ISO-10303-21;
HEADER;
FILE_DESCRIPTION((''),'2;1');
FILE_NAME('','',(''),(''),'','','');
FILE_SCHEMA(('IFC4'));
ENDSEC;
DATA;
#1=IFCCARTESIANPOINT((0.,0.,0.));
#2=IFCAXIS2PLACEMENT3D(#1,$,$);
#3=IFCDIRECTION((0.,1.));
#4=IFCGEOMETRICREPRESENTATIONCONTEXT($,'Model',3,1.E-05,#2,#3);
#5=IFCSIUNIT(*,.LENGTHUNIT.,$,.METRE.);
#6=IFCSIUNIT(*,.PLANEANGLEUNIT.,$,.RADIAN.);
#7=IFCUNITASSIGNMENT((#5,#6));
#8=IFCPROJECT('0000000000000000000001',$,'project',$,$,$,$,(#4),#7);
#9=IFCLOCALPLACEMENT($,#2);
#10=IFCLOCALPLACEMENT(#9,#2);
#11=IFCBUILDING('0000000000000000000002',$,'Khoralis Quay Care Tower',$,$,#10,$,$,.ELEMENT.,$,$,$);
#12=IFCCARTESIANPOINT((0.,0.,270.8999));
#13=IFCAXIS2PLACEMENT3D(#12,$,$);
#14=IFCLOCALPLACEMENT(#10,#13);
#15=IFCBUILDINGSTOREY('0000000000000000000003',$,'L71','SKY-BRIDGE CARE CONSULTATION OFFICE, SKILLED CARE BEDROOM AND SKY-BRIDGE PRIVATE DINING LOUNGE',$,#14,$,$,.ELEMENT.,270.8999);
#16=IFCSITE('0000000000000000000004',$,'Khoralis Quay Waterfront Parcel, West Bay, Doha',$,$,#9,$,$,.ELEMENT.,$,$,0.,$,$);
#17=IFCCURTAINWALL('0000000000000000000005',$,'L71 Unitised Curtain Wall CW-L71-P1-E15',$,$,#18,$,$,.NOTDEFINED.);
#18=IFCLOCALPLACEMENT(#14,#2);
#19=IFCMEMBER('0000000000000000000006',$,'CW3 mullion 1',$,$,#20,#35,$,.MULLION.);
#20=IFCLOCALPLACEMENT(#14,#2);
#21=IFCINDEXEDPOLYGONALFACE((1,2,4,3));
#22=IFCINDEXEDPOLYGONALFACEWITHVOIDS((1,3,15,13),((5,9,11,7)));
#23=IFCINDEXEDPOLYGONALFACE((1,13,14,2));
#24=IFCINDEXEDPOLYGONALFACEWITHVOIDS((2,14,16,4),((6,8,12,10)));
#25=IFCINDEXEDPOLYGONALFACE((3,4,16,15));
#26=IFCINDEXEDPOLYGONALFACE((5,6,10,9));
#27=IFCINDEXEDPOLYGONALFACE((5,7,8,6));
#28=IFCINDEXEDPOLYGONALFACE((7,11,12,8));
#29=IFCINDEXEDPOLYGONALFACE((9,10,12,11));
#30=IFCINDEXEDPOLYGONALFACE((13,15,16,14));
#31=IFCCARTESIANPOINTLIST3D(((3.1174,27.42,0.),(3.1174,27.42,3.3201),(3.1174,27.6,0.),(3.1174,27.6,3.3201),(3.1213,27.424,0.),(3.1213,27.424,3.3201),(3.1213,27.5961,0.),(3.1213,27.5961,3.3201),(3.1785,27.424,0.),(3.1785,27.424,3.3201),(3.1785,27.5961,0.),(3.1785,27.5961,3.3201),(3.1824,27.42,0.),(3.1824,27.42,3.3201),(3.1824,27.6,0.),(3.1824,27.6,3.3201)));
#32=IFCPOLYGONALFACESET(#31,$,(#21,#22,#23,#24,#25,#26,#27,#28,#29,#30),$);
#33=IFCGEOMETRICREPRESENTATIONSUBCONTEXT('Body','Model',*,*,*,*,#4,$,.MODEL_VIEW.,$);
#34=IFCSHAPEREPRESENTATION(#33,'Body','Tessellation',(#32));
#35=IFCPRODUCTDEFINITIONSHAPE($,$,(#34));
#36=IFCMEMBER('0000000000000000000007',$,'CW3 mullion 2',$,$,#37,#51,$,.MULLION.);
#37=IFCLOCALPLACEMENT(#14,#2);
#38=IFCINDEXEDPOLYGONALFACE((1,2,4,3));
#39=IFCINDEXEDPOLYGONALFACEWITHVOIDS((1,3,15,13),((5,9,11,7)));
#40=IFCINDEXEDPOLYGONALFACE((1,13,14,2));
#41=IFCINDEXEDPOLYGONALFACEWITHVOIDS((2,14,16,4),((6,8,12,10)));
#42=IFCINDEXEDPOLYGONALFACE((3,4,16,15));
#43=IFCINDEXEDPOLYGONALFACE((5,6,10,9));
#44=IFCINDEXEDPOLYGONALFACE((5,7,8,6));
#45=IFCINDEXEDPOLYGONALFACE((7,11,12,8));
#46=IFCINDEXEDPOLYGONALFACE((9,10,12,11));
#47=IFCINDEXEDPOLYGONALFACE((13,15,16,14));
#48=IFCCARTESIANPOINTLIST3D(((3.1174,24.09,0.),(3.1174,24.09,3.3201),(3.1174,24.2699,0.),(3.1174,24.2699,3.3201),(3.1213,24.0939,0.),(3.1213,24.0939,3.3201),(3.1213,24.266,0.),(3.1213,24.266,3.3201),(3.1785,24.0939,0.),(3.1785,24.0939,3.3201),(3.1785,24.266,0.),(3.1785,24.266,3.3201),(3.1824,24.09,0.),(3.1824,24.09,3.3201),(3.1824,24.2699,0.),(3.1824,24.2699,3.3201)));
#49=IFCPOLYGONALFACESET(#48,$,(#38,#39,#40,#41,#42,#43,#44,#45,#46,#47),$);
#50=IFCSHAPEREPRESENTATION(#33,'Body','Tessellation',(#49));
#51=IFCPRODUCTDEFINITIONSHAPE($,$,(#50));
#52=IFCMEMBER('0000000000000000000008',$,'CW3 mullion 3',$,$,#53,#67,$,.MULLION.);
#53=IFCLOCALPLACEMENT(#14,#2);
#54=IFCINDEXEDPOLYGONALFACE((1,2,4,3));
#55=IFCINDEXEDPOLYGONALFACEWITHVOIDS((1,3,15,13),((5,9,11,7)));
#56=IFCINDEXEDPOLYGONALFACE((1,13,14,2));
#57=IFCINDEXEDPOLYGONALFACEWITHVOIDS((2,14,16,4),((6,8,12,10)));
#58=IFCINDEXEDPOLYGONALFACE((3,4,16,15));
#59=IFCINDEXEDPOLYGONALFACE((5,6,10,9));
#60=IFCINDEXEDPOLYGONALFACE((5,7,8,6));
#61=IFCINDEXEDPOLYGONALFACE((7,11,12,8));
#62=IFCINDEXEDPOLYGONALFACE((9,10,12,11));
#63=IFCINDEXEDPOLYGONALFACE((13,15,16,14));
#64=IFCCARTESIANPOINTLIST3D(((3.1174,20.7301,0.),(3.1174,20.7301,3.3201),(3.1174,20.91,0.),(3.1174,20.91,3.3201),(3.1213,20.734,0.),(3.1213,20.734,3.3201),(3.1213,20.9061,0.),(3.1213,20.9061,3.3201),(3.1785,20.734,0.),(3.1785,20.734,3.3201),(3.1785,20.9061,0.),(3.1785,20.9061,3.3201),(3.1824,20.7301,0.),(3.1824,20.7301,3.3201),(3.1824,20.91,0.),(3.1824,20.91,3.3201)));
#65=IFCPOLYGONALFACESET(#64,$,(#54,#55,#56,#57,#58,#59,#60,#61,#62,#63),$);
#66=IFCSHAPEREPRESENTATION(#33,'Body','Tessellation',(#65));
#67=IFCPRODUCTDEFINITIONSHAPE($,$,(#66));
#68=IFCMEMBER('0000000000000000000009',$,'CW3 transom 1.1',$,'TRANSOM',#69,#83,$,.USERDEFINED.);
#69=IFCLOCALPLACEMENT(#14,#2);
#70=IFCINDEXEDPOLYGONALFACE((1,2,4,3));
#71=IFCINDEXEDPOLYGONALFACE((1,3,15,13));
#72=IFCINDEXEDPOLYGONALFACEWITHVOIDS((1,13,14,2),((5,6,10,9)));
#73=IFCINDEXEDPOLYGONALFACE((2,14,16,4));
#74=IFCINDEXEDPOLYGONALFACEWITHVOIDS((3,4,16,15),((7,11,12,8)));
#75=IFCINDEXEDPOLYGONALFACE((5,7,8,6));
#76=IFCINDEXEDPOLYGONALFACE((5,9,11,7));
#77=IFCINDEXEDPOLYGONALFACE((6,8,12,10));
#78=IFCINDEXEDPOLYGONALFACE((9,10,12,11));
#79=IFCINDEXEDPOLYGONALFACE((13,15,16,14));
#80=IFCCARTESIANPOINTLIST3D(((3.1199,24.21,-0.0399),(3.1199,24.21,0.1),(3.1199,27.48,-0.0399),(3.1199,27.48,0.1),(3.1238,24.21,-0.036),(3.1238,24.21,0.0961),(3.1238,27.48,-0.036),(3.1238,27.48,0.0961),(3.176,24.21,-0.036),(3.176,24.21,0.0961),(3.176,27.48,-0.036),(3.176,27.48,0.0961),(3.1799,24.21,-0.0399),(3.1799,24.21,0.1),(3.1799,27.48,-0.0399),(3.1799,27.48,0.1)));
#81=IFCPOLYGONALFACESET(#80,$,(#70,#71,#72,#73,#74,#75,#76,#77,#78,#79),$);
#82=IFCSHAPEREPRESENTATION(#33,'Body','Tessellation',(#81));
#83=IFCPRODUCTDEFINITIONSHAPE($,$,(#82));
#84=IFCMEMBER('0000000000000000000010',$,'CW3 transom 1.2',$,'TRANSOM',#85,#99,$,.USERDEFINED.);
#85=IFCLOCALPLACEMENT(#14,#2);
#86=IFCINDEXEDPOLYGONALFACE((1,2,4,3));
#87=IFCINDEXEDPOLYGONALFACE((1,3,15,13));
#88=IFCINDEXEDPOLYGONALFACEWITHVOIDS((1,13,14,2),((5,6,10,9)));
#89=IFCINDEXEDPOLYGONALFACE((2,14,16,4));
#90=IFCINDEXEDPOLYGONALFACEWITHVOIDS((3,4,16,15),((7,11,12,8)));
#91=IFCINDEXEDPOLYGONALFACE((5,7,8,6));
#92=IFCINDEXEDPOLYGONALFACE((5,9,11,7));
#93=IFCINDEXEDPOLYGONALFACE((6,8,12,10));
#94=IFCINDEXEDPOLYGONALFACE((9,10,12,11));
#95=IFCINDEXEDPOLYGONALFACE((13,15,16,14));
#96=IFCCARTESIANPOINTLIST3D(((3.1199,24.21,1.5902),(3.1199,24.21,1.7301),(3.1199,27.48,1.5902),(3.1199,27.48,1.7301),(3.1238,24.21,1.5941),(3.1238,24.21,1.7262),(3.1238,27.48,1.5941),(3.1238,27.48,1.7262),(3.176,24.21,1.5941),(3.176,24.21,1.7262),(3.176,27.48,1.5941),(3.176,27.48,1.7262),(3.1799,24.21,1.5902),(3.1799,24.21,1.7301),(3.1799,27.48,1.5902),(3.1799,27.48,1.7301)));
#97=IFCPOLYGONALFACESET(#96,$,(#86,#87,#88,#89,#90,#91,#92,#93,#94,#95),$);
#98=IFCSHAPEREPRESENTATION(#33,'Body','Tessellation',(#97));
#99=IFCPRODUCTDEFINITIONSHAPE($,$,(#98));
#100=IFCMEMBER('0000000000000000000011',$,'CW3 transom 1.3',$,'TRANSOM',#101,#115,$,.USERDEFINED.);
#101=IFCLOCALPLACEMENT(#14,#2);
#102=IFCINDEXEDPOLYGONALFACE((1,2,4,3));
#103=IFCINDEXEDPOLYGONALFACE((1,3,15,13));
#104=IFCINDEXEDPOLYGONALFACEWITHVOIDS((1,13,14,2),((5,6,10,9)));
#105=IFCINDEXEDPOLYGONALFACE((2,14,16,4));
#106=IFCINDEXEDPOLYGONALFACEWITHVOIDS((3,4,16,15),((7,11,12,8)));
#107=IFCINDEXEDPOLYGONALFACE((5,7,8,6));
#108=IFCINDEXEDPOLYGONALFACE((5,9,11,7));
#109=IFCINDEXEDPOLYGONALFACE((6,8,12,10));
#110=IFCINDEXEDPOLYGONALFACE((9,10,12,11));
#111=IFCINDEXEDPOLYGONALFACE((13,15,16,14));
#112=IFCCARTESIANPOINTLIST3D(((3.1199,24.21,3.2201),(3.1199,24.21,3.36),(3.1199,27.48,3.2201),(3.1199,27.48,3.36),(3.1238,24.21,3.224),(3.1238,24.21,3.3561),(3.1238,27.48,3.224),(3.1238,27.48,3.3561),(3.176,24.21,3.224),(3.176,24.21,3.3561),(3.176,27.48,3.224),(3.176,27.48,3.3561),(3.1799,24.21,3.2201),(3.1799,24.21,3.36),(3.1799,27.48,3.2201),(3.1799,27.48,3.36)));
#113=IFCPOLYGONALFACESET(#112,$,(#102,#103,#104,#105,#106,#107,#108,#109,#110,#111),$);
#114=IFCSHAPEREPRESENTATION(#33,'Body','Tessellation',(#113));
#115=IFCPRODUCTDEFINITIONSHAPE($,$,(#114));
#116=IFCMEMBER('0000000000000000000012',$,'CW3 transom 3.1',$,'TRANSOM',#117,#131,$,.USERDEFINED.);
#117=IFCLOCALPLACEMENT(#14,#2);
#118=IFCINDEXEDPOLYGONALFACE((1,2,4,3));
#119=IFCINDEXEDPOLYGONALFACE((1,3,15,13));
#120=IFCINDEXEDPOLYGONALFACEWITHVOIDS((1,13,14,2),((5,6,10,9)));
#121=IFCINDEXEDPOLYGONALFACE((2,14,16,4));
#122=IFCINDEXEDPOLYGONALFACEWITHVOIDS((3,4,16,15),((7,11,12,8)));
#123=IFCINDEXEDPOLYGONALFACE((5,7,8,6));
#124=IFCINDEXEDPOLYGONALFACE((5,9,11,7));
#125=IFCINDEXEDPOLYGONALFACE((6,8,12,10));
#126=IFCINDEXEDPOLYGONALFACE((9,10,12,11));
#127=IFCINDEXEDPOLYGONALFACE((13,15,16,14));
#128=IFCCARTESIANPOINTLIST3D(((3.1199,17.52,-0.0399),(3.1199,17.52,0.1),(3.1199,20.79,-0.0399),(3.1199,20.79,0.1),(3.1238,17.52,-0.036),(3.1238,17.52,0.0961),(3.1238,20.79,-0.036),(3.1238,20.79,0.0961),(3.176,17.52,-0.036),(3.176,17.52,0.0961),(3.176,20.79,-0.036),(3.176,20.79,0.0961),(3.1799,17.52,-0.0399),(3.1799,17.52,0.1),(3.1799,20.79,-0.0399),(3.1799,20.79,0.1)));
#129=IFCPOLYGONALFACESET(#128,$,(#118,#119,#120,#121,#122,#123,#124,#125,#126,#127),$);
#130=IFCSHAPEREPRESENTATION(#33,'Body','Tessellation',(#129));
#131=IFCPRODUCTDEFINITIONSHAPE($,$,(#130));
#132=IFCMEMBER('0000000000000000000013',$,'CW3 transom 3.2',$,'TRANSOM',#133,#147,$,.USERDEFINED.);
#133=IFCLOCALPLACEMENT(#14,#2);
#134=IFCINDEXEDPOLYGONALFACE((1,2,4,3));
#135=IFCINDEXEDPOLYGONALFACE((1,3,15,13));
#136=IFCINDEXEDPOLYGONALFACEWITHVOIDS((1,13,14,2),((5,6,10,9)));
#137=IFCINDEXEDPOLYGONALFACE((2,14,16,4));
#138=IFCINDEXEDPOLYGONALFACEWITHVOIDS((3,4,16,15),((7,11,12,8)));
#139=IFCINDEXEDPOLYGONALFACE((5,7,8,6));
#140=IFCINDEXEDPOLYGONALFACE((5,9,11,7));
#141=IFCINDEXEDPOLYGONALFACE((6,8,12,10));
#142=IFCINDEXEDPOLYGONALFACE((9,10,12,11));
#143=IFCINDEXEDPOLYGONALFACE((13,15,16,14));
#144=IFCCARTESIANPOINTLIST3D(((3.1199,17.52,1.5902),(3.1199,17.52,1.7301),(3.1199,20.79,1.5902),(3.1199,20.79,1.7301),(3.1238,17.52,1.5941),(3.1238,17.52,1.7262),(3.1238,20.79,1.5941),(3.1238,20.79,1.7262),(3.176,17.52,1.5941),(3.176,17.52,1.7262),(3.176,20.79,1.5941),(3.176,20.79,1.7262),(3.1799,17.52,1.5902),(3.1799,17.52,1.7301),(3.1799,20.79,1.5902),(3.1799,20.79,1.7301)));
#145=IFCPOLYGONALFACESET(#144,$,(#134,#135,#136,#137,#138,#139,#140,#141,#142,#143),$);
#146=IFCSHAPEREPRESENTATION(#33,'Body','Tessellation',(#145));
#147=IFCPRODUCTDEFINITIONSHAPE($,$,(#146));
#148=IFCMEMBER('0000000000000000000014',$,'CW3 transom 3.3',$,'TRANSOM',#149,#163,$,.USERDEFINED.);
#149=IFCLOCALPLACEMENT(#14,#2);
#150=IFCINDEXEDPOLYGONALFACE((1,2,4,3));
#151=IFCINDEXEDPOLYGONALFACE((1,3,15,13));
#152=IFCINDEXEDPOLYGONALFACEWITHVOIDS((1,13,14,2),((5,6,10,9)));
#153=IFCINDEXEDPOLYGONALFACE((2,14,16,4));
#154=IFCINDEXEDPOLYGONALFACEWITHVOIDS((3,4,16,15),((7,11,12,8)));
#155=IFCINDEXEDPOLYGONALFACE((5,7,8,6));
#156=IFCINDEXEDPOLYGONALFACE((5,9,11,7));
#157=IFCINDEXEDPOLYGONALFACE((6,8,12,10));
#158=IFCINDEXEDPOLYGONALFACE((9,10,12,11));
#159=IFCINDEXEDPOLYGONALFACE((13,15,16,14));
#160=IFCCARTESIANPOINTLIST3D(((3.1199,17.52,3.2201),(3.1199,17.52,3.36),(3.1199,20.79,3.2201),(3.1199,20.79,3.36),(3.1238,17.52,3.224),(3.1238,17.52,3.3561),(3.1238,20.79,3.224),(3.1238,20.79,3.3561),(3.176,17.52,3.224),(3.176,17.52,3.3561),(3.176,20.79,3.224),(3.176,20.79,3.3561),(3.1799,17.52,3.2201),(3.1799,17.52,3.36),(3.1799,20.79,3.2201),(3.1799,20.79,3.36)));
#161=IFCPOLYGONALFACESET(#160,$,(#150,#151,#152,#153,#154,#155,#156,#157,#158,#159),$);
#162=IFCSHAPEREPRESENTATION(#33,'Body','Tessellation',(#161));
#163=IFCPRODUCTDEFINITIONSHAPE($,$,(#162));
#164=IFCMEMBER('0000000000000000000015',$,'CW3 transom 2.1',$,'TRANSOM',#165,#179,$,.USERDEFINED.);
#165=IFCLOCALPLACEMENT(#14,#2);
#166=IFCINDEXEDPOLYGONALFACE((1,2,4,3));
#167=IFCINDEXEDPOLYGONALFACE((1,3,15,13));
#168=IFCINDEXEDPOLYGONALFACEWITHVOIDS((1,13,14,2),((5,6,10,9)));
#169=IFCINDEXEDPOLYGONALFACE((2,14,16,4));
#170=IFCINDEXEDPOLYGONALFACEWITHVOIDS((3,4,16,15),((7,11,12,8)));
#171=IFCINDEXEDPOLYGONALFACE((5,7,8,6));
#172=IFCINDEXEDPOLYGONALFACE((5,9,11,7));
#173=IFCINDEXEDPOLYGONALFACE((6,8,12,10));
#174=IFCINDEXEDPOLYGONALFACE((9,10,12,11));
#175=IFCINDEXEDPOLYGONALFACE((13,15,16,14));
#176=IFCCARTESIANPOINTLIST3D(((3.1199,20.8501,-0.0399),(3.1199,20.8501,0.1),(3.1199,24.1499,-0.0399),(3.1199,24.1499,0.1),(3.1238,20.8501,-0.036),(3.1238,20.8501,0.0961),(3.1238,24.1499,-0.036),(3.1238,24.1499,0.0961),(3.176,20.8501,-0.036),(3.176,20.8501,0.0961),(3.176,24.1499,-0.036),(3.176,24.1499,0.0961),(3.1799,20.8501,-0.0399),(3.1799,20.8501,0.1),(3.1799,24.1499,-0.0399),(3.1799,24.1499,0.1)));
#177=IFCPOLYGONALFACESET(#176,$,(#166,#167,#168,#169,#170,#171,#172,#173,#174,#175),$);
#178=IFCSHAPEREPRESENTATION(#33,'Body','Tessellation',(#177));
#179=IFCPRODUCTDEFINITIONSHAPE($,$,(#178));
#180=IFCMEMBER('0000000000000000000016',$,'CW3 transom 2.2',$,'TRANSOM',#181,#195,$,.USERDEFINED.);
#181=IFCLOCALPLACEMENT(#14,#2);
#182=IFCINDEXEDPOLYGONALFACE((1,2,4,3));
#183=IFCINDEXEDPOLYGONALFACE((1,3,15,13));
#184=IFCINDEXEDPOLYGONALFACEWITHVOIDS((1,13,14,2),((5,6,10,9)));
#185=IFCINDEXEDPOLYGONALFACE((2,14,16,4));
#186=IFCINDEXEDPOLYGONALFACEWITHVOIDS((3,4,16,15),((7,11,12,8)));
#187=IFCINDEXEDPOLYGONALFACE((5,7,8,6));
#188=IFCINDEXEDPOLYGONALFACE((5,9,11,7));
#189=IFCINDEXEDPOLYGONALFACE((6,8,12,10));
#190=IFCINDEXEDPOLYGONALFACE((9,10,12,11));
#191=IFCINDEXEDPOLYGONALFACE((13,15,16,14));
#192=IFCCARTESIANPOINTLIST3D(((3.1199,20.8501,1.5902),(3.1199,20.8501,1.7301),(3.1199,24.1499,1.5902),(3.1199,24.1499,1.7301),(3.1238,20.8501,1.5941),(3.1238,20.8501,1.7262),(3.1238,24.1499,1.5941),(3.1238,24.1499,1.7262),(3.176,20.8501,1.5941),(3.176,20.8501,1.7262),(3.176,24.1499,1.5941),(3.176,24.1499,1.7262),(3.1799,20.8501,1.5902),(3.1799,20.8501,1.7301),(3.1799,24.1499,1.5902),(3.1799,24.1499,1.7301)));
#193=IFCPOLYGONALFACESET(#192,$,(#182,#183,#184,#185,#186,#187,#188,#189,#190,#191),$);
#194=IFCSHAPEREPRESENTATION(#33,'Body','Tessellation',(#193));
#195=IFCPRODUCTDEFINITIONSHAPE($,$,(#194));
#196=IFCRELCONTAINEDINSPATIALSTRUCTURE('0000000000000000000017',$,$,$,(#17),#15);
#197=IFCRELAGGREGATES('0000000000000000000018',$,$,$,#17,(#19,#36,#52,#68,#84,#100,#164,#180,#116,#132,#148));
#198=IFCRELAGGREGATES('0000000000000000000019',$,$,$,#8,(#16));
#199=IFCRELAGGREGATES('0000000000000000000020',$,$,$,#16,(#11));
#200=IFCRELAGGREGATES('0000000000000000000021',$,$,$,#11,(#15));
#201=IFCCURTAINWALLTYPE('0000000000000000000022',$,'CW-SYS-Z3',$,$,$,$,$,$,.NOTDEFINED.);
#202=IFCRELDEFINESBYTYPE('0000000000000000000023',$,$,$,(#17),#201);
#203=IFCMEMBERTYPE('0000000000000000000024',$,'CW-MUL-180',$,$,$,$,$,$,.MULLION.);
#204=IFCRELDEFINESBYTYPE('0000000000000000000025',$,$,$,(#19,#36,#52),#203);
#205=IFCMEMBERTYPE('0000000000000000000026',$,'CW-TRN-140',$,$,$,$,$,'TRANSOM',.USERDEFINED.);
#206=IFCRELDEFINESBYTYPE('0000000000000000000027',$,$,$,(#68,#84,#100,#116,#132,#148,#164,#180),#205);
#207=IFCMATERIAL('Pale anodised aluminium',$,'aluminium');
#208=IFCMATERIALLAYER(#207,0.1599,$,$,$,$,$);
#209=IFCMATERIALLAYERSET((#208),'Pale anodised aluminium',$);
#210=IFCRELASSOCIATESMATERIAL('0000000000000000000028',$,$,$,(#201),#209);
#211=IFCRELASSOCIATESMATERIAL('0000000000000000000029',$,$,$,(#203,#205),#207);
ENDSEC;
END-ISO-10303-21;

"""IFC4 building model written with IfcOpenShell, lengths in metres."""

from ifc_helpers import new_model, si_unit, direction, frame, origin, origin_2d, place, context, subcontext, project, spatial, hollow_rectangle, extrude, source, transform, mapped, material, layer, layer_set, material_profile, profile_set, type_object, element, aggregate, save


model = new_model("IFC4")

# Units and contexts
model_context = context("Model", 3, precision=1e-05, world=origin(), true_north=direction((0.0, 1.0)))
body_context = subcontext(model_context, "Body", "Model", "MODEL_VIEW")
ifc_project = project(units=[si_unit("LENGTHUNIT", "METRE"), si_unit("PLANEANGLEUNIT", "RADIAN")], contexts=[model_context])

# Site, building, storey
site_placement = place(None, origin())
site = spatial("IfcSite", under=ifc_project, at=site_placement, Name="Khoralis Quay Waterfront Parcel, West Bay, Doha", CompositionType="ELEMENT", RefElevation=0.0)
building_placement = place(site_placement, origin())
building = spatial("IfcBuilding", under=site, at=building_placement, Name="Khoralis Quay Care Tower", CompositionType="ELEMENT")
storey_placement = place(building_placement, frame((0.0, 0.0, 270.8999)))
storey = spatial("IfcBuildingStorey", under=building, at=storey_placement, Name="L71", Description="SKY-BRIDGE CARE CONSULTATION OFFICE, SKILLED CARE BEDROOM AND SKY-BRIDGE PRIVATE DINING LOUNGE", CompositionType="ELEMENT", Elevation=270.8999)

# Curtain wall, members
ifc_material_1 = material(Name="Pale anodised aluminium", Category="aluminium")
ifc_layer_1 = layer(ifc_material_1, 0.1599)
ifc_layer_set_1 = layer_set([ifc_layer_1], Name="Pale anodised aluminium")
curtain_wall_type = type_object("IfcCurtainWallType", Name="CW-SYS-Z3", PredefinedType="NOTDEFINED", material=ifc_layer_set_1)
curtain_wall_placement = place(storey_placement, origin())
curtain_wall = element("IfcCurtainWall", 1, at=curtain_wall_placement, inside=storey, type_object=curtain_wall_type, Name="L71 Unitised Curtain Wall CW-L71-P1-E15", PredefinedType="NOTDEFINED")
ifc_material_profile_1 = material_profile(ifc_material_1, hollow_rectangle(XDim=0.0649, YDim=0.1799, WallThickness=0.0039, at=origin_2d()), Name="Pale anodised aluminium")
ifc_profile_set_1 = profile_set([ifc_material_profile_1], Name="Pale anodised aluminium")
member_type_1 = type_object("IfcMemberType", Name="CW-MUL-180", PredefinedType="MULLION", material=ifc_profile_set_1)
shared_shape_1 = source(origin(), body_context, "Body", "SweptSolid", [
    extrude(hollow_rectangle(XDim=0.0649, YDim=0.1799, WallThickness=0.0039, at=origin_2d()), origin(), (0.0, 0.0, 1.0), 3.3201),
])
member_1_placement = place(storey_placement, frame((3.1499, 27.51, 0.0), z_axis=(0.0, 0.0, 1.0), x_axis=(1.0, 0.0, 0.0)))
member_1 = element("IfcMember", 2, at=member_1_placement, type_object=member_type_1, Name="CW3 mullion 1", PredefinedType="MULLION", context=body_context, shape_type="MappedRepresentation", body=[
    mapped(shared_shape_1, transform((0.0, 0.0, 0.0), scale=1.0)),
])
member_2_placement = place(storey_placement, frame((3.1499, 24.1799, 0.0), z_axis=(0.0, 0.0, 1.0), x_axis=(1.0, 0.0, 0.0)))
member_2 = element("IfcMember", 3, at=member_2_placement, type_object=member_type_1, Name="CW3 mullion 2", PredefinedType="MULLION", context=body_context, shape_type="MappedRepresentation", body=[
    mapped(shared_shape_1, transform((0.0, 0.0, 0.0), scale=1.0)),
])
member_3_placement = place(storey_placement, frame((3.1499, 20.8201, 0.0), z_axis=(0.0, 0.0, 1.0), x_axis=(1.0, 0.0, 0.0)))
member_3 = element("IfcMember", 4, at=member_3_placement, type_object=member_type_1, Name="CW3 mullion 3", PredefinedType="MULLION", context=body_context, shape_type="MappedRepresentation", body=[
    mapped(shared_shape_1, transform((0.0, 0.0, 0.0), scale=1.0)),
])
ifc_material_profile_2 = material_profile(ifc_material_1, hollow_rectangle(XDim=0.0601, YDim=0.1399, WallThickness=0.0039, at=origin_2d()), Name="Pale anodised aluminium")
ifc_profile_set_2 = profile_set([ifc_material_profile_2], Name="Pale anodised aluminium")
member_type_2 = type_object("IfcMemberType", Name="CW-TRN-140", ElementType="TRANSOM", PredefinedType="USERDEFINED", material=ifc_profile_set_2)
shared_shape_2 = source(origin(), body_context, "Body", "SweptSolid", [
    extrude(hollow_rectangle(XDim=0.0601, YDim=0.1399, WallThickness=0.0039, at=origin_2d()), origin(), (0.0, 0.0, 1.0), 3.27),
])
member_4_placement = place(storey_placement, frame((3.1499, 27.48, 0.03), z_axis=(0.0, -1.0, 0.0), x_axis=(1.0, 0.0, 0.0)))
member_4 = element("IfcMember", 5, at=member_4_placement, type_object=member_type_2, Name="CW3 transom 1.1", ObjectType="TRANSOM", PredefinedType="USERDEFINED", context=body_context, shape_type="MappedRepresentation", body=[
    mapped(shared_shape_2, transform((0.0, 0.0, 0.0), scale=1.0)),
])
member_5_placement = place(storey_placement, frame((3.1499, 27.48, 1.6602), z_axis=(0.0, -1.0, 0.0), x_axis=(1.0, 0.0, 0.0)))
member_5 = element("IfcMember", 6, at=member_5_placement, type_object=member_type_2, Name="CW3 transom 1.2", ObjectType="TRANSOM", PredefinedType="USERDEFINED", context=body_context, shape_type="MappedRepresentation", body=[
    mapped(shared_shape_2, transform((0.0, 0.0, 0.0), scale=1.0)),
])
member_6_placement = place(storey_placement, frame((3.1499, 27.48, 3.29), z_axis=(0.0, -1.0, 0.0), x_axis=(1.0, 0.0, 0.0)))
member_6 = element("IfcMember", 7, at=member_6_placement, type_object=member_type_2, Name="CW3 transom 1.3", ObjectType="TRANSOM", PredefinedType="USERDEFINED", context=body_context, shape_type="MappedRepresentation", body=[
    mapped(shared_shape_2, transform((0.0, 0.0, 0.0), scale=1.0)),
])
member_7_placement = place(storey_placement, frame((3.1499, 20.79, 0.03), z_axis=(0.0, -1.0, 0.0), x_axis=(1.0, 0.0, 0.0)))
member_7 = element("IfcMember", 8, at=member_7_placement, type_object=member_type_2, Name="CW3 transom 3.1", ObjectType="TRANSOM", PredefinedType="USERDEFINED", context=body_context, shape_type="MappedRepresentation", body=[
    mapped(shared_shape_2, transform((0.0, 0.0, 0.0), scale=1.0)),
])
member_8_placement = place(storey_placement, frame((3.1499, 20.79, 1.6602), z_axis=(0.0, -1.0, 0.0), x_axis=(1.0, 0.0, 0.0)))
member_8 = element("IfcMember", 9, at=member_8_placement, type_object=member_type_2, Name="CW3 transom 3.2", ObjectType="TRANSOM", PredefinedType="USERDEFINED", context=body_context, shape_type="MappedRepresentation", body=[
    mapped(shared_shape_2, transform((0.0, 0.0, 0.0), scale=1.0)),
])
member_9_placement = place(storey_placement, frame((3.1499, 20.79, 3.29), z_axis=(0.0, -1.0, 0.0), x_axis=(1.0, 0.0, 0.0)))
member_9 = element("IfcMember", 10, at=member_9_placement, type_object=member_type_2, Name="CW3 transom 3.3", ObjectType="TRANSOM", PredefinedType="USERDEFINED", context=body_context, shape_type="MappedRepresentation", body=[
    mapped(shared_shape_2, transform((0.0, 0.0, 0.0), scale=1.0)),
])
shared_shape_3 = source(origin(), body_context, "Body", "SweptSolid", [
    extrude(hollow_rectangle(XDim=0.0601, YDim=0.1399, WallThickness=0.0039, at=origin_2d()), origin(), (0.0, 0.0, 1.0), 3.2998),
])
member_10_placement = place(storey_placement, frame((3.1499, 24.1499, 0.03), z_axis=(0.0, -1.0, 0.0), x_axis=(1.0, 0.0, 0.0)))
member_10 = element("IfcMember", 11, at=member_10_placement, type_object=member_type_2, Name="CW3 transom 2.1", ObjectType="TRANSOM", PredefinedType="USERDEFINED", context=body_context, shape_type="MappedRepresentation", body=[
    mapped(shared_shape_3, transform((0.0, 0.0, 0.0), scale=1.0)),
])
member_11_placement = place(storey_placement, frame((3.1499, 24.1499, 1.6602), z_axis=(0.0, -1.0, 0.0), x_axis=(1.0, 0.0, 0.0)))
member_11 = element("IfcMember", 12, at=member_11_placement, type_object=member_type_2, Name="CW3 transom 2.2", ObjectType="TRANSOM", PredefinedType="USERDEFINED", context=body_context, shape_type="MappedRepresentation", body=[
    mapped(shared_shape_3, transform((0.0, 0.0, 0.0), scale=1.0)),
])
aggregate(curtain_wall, [member_1, member_2, member_3, member_4, member_5, member_6, member_10, member_11, member_7, member_8, member_9])

save(model, "model.ifc")
